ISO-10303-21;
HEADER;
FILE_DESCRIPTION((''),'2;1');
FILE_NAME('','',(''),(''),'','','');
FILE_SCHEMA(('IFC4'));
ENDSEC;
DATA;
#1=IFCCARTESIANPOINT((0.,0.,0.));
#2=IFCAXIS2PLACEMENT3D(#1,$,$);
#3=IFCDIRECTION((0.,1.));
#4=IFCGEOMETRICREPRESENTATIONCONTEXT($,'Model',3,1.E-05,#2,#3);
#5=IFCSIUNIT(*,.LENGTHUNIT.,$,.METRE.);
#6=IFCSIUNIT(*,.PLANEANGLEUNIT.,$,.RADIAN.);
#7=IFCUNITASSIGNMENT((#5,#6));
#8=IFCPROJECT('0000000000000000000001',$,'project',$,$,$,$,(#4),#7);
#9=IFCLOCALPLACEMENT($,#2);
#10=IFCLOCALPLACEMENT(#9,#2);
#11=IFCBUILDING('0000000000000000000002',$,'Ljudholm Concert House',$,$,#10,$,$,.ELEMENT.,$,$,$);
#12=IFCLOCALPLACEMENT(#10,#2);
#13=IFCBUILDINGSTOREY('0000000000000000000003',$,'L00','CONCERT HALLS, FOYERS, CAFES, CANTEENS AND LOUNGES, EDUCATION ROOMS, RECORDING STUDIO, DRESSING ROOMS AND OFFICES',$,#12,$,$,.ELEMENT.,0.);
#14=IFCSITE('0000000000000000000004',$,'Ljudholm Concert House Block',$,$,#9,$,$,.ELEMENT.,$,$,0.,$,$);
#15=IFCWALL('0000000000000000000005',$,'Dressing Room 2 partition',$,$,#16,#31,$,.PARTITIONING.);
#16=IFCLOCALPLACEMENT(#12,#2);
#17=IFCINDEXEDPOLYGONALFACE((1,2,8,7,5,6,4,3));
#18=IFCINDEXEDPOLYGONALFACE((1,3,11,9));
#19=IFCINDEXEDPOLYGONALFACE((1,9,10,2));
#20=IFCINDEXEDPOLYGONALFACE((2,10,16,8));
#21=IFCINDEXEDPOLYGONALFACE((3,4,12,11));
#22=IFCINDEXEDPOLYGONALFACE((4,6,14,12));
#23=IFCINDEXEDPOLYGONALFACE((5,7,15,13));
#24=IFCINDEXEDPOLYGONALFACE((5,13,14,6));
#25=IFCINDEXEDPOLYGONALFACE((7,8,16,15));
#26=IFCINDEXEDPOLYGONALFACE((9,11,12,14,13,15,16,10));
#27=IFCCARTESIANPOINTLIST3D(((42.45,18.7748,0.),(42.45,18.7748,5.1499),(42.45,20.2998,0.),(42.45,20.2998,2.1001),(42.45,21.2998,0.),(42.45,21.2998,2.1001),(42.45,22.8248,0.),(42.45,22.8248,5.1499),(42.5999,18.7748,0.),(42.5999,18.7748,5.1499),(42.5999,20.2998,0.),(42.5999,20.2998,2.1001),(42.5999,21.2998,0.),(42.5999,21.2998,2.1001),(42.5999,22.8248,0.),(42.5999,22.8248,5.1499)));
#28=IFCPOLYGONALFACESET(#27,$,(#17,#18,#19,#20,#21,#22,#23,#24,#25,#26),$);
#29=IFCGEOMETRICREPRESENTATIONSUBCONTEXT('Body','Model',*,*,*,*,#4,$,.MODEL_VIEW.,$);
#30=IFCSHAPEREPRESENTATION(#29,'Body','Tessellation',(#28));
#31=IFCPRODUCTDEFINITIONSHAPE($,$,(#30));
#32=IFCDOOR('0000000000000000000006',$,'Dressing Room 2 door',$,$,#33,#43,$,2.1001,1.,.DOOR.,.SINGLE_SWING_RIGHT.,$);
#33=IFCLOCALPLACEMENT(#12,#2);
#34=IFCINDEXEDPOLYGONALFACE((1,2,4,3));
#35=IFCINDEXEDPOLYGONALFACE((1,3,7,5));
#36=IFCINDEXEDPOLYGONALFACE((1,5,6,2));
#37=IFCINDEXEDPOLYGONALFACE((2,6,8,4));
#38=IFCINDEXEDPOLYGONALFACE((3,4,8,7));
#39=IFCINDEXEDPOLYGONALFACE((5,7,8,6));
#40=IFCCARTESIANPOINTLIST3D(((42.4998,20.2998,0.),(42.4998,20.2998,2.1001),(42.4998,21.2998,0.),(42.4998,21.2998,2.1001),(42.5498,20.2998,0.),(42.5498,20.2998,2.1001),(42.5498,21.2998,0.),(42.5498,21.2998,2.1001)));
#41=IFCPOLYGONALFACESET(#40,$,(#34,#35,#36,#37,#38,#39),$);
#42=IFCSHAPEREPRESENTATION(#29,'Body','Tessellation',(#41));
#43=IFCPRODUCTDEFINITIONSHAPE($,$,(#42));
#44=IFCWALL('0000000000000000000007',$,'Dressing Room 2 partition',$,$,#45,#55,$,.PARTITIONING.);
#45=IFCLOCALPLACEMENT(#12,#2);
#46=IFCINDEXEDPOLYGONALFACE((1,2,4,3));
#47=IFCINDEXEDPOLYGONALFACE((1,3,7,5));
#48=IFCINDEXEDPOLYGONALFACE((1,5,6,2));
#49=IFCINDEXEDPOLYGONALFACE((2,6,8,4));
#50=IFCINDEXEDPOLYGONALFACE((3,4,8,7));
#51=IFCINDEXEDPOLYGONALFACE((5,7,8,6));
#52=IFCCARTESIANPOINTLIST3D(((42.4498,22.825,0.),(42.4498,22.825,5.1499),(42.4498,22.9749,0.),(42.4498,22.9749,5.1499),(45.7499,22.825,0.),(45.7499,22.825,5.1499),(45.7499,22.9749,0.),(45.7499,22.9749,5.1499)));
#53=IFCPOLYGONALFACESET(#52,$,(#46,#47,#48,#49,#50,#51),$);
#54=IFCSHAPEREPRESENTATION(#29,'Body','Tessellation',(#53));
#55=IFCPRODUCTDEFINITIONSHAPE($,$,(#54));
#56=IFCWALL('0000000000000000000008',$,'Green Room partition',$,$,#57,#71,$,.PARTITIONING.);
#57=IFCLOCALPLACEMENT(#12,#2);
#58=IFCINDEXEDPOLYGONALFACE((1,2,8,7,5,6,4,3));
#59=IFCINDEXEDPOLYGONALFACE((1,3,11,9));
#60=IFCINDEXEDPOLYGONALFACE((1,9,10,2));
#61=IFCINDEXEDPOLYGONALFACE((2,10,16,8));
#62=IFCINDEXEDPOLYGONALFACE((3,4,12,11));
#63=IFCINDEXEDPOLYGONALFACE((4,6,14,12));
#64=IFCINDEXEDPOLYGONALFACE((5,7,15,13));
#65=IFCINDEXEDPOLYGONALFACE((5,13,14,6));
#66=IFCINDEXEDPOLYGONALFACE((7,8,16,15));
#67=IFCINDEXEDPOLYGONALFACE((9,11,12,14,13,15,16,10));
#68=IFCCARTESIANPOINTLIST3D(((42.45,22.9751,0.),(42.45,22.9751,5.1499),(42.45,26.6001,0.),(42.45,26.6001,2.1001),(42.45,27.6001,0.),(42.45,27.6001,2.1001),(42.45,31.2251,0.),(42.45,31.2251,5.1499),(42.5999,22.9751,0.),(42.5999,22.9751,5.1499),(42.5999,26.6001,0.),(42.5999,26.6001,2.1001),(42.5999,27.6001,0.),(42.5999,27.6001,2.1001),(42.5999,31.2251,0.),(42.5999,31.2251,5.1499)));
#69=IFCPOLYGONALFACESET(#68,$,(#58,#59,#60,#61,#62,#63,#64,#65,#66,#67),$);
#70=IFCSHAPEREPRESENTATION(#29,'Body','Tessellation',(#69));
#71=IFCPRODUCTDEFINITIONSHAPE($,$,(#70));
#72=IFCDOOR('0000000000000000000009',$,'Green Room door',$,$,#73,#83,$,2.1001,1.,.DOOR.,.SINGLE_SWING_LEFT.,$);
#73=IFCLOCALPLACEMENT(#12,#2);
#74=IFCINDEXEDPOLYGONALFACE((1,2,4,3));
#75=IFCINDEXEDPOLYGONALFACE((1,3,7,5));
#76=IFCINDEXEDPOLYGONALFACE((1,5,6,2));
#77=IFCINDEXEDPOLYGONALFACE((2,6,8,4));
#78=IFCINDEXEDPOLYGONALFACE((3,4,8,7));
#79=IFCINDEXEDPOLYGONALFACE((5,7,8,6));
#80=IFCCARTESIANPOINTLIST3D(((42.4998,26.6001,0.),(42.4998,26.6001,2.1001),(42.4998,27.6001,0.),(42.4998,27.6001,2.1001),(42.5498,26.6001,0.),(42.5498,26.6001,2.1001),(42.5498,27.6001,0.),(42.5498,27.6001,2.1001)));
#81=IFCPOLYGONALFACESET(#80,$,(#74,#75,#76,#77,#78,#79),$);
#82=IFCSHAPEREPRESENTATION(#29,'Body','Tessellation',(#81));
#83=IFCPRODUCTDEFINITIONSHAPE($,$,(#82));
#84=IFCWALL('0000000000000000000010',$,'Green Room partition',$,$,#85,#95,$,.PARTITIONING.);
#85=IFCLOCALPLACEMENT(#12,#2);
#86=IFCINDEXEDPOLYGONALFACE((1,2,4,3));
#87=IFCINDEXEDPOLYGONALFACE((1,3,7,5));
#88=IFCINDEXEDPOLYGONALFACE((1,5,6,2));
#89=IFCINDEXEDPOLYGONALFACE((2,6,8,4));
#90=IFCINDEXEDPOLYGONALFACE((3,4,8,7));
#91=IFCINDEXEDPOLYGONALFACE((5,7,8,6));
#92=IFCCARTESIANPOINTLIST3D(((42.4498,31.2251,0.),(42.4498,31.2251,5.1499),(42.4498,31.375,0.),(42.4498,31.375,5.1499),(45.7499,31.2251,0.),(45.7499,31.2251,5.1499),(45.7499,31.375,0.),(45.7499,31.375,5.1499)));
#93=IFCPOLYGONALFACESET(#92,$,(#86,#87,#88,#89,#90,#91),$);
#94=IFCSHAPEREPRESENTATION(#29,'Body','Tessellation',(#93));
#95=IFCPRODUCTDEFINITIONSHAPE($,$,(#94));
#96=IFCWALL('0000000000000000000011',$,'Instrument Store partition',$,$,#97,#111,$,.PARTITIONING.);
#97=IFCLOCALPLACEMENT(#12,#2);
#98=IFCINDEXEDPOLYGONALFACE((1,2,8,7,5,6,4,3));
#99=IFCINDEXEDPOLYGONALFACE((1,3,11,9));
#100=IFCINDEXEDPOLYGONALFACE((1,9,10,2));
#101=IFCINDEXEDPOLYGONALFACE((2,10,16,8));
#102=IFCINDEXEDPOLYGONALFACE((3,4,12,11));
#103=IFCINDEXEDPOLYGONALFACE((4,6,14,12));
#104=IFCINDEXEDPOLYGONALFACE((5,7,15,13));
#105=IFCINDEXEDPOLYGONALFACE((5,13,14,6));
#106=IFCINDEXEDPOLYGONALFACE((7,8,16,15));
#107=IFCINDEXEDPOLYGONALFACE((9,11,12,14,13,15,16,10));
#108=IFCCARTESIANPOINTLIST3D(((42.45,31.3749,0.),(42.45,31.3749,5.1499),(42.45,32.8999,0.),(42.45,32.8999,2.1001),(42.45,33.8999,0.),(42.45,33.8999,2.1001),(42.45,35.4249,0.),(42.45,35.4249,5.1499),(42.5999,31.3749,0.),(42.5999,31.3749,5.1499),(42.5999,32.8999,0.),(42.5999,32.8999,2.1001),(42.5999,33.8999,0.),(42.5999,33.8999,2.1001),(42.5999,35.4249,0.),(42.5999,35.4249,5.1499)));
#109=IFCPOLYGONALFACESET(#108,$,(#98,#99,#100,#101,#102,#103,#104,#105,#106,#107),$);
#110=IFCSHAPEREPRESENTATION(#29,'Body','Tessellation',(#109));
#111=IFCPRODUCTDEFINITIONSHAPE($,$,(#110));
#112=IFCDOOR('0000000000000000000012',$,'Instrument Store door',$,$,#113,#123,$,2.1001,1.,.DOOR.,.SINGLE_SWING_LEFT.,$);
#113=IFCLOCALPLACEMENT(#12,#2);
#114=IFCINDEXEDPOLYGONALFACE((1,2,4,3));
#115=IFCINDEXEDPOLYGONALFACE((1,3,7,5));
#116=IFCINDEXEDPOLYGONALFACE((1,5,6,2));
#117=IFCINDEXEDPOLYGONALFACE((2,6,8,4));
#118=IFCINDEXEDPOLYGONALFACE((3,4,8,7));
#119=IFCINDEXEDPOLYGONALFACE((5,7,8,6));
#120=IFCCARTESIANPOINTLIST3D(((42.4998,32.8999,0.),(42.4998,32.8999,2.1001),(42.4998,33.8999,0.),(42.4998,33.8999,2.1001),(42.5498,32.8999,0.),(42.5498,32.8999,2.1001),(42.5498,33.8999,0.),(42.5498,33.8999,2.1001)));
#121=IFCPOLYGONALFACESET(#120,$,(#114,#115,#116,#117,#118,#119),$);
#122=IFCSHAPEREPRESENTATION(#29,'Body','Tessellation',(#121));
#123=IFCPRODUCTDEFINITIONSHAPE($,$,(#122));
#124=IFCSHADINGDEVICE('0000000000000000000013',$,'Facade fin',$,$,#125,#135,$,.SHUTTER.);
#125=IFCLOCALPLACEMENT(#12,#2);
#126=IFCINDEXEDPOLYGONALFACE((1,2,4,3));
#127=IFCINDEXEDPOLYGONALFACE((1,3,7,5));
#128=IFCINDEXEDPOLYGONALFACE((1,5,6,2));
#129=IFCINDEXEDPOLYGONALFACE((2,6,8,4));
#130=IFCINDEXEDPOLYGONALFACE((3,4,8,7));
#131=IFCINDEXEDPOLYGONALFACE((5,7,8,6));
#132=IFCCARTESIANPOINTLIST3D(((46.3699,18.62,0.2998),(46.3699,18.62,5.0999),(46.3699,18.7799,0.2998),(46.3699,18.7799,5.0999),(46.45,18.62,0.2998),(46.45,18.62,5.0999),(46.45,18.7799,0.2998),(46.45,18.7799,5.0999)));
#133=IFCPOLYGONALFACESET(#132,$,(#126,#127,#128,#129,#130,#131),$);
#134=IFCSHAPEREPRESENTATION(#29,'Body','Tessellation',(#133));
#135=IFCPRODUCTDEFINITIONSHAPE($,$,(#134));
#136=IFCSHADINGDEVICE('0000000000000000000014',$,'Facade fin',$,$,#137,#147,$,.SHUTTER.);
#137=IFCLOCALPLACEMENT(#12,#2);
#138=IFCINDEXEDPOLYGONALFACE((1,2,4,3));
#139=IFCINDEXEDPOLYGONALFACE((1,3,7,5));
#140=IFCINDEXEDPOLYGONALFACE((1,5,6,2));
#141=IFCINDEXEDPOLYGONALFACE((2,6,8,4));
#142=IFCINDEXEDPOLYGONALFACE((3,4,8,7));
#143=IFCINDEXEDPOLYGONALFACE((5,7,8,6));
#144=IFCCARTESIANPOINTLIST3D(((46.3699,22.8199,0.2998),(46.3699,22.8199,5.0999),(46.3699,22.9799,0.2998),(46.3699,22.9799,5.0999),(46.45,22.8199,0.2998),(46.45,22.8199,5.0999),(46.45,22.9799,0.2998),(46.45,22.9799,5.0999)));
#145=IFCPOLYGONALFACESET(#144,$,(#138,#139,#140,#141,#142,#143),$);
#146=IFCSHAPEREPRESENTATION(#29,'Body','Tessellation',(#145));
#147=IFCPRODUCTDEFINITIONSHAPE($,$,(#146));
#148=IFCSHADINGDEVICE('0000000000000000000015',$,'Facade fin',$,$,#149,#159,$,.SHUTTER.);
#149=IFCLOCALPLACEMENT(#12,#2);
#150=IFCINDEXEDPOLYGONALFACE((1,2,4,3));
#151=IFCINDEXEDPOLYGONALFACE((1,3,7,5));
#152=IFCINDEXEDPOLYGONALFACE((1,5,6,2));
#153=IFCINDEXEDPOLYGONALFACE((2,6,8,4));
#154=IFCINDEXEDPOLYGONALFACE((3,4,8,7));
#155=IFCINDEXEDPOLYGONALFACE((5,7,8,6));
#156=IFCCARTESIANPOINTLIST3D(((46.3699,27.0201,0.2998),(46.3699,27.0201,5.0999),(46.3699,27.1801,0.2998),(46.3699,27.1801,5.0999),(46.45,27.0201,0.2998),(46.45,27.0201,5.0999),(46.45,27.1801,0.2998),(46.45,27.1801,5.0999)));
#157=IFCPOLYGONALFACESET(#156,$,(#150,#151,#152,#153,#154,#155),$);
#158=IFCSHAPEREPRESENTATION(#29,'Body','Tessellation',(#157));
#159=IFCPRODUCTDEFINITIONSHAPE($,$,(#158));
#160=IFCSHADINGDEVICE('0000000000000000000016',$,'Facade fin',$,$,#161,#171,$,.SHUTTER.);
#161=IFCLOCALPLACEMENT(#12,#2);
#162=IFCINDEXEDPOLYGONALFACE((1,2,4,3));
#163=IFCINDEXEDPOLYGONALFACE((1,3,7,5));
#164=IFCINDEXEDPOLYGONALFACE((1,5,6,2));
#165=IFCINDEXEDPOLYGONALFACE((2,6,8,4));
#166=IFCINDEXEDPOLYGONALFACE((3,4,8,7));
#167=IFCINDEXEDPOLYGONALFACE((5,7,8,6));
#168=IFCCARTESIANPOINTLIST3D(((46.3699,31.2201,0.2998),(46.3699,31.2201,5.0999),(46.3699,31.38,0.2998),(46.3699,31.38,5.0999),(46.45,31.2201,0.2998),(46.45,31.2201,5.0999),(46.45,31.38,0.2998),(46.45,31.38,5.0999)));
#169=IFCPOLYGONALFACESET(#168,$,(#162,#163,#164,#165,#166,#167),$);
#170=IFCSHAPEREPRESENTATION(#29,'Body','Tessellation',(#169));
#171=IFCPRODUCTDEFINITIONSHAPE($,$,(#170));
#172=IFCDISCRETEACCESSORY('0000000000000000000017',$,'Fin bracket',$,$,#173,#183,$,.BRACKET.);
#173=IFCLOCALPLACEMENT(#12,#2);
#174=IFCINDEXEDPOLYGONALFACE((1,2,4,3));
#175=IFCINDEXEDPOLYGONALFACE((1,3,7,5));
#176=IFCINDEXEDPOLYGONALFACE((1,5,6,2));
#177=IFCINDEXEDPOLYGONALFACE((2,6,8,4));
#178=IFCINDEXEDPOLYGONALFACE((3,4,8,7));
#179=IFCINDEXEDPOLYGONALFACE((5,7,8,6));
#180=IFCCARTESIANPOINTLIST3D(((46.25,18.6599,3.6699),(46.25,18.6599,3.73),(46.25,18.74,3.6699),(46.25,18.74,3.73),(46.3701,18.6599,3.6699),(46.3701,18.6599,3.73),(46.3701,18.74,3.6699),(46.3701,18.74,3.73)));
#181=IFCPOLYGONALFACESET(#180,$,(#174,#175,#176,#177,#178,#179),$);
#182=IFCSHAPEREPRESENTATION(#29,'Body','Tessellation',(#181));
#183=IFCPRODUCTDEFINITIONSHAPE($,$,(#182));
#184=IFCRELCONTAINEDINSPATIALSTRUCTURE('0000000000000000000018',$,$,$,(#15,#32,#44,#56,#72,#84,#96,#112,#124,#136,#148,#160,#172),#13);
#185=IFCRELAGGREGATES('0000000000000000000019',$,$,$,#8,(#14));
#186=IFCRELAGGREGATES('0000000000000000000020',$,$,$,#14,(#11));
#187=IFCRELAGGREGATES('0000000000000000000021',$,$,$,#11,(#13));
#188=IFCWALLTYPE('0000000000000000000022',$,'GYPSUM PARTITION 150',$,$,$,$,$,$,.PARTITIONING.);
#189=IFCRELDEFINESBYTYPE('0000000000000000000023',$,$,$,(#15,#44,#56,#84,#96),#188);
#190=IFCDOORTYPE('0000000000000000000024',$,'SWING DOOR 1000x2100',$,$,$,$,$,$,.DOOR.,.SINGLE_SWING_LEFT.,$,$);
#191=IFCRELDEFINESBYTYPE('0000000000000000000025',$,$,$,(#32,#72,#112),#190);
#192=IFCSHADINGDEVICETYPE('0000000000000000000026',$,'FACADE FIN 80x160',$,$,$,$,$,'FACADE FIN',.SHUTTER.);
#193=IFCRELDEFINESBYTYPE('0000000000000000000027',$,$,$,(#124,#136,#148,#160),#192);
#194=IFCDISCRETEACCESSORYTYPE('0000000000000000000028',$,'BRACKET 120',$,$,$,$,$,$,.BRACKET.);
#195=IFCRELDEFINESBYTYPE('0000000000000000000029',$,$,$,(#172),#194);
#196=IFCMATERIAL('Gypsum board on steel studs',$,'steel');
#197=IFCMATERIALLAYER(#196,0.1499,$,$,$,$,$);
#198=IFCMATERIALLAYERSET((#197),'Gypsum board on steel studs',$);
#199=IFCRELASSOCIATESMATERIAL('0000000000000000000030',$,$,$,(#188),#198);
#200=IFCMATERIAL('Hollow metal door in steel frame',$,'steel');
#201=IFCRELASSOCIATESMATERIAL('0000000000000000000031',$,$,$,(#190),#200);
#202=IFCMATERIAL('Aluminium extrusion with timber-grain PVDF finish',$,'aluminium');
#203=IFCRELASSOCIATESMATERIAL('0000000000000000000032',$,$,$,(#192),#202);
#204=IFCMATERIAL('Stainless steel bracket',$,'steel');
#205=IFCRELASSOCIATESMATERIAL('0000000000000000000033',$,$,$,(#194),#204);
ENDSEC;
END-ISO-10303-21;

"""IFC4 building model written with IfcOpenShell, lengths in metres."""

from ifc_helpers import new_model, si_unit, direction, frame, frame_2d, origin, origin_2d, place, context, subcontext, project, spatial, rectangle, extrude, material, layer, layer_set, type_object, element, fill, save


model = new_model("IFC4")

# Units and contexts
model_context = context("Model", 3, precision=1e-05, world=origin(), true_north=direction((0.0, 1.0)))
body_context = subcontext(model_context, "Body", "Model", "MODEL_VIEW")
ifc_project = project(units=[si_unit("LENGTHUNIT", "METRE"), si_unit("PLANEANGLEUNIT", "RADIAN")], contexts=[model_context])

# Site, building, storey
site_placement = place(None, origin())
site = spatial("IfcSite", under=ifc_project, at=site_placement, Name="Ljudholm Concert House Block", CompositionType="ELEMENT", RefElevation=0.0)
building_placement = place(site_placement, origin())
building = spatial("IfcBuilding", under=site, at=building_placement, Name="Ljudholm Concert House", CompositionType="ELEMENT")
storey_placement = place(building_placement, origin())
storey = spatial("IfcBuildingStorey", under=building, at=storey_placement, Name="L00", Description="CONCERT HALLS, FOYERS, CAFES, CANTEENS AND LOUNGES, EDUCATION ROOMS, RECORDING STUDIO, DRESSING ROOMS AND OFFICES", CompositionType="ELEMENT", Elevation=0.0)

# Shared definitions
ifc_material_1 = material(Name="Gypsum board on steel studs", Category="steel")
ifc_layer = layer(ifc_material_1, 0.1499)
ifc_layer_set = layer_set([ifc_layer], Name="Gypsum board on steel studs")
wall_type = type_object("IfcWallType", Name="GYPSUM PARTITION 150", PredefinedType="PARTITIONING", material=ifc_layer_set)

# Wall, opening, door
wall_1_placement = place(storey_placement, frame((42.5249, 18.7749, 0.0), z_axis=(0.0, 0.0, 1.0), x_axis=(0.0, 1.0, 0.0)))
wall_1 = element("IfcWall", 1, at=wall_1_placement, inside=storey, type_object=wall_type, Name="Dressing Room 2 partition", PredefinedType="PARTITIONING", context=body_context, shape_type="SweptSolid", body=[
    extrude(rectangle(XDim=4.05, YDim=0.1499, at=frame_2d((2.0249, 0.0))), origin(), (0.0, 0.0, 1.0), 5.1499),
])
opening_1_placement = place(wall_1_placement, frame((1.5249, 0.0, 0.0)))
opening_1 = element("IfcOpeningElement", 2, at=opening_1_placement, cuts=wall_1, PredefinedType="OPENING", context=body_context, shape_type="SweptSolid", body=[
    extrude(rectangle(XDim=1.0, YDim=2.1001, at=frame_2d((0.5, 1.05))), frame((0.0, 0.085, 0.0), z_axis=(0.0, -1.0, 0.0), x_axis=(1.0, 0.0, 0.0)), (0.0, 0.0, 1.0), 0.1699),
])
ifc_material_2 = material(Name="Hollow metal door in steel frame", Category="steel")
door_type = type_object("IfcDoorType", Name="SWING DOOR 1000x2100", OperationType="SINGLE_SWING_LEFT", PredefinedType="DOOR", material=ifc_material_2)
door_1_placement = place(opening_1_placement, frame((1.0, 0.0, 0.0), z_axis=(0.0, 0.0, 1.0), x_axis=(-1.0, 0.0, 0.0)))
door_1 = element("IfcDoor", 3, at=door_1_placement, inside=storey, type_object=door_type, Name="Dressing Room 2 door", OperationType="SINGLE_SWING_RIGHT", OverallHeight=2.1001, OverallWidth=1.0, PredefinedType="DOOR", context=body_context, shape_type="SweptSolid", body=[
    extrude(rectangle(XDim=1.0, YDim=2.1001, at=frame_2d((0.5, 1.05))), frame((0.0, 0.0249, 0.0), z_axis=(0.0, -1.0, 0.0), x_axis=(1.0, 0.0, 0.0)), (0.0, 0.0, 1.0), 0.05),
])
fill(opening_1, door_1)

# Wall
wall_2_placement = place(storey_placement, frame((42.45, 22.8999, 0.0), z_axis=(0.0, 0.0, 1.0), x_axis=(1.0, 0.0, 0.0)))
element("IfcWall", 4, at=wall_2_placement, inside=storey, type_object=wall_type, Name="Dressing Room 2 partition", PredefinedType="PARTITIONING", context=body_context, shape_type="SweptSolid", body=[
    extrude(rectangle(XDim=3.3, YDim=0.1499, at=frame_2d((1.6499, 0.0))), origin(), (0.0, 0.0, 1.0), 5.1499),
])

# Wall, opening, door
wall_3_placement = place(storey_placement, frame((42.5249, 22.9751, 0.0), z_axis=(0.0, 0.0, 1.0), x_axis=(0.0, 1.0, 0.0)))
wall_3 = element("IfcWall", 5, at=wall_3_placement, inside=storey, type_object=wall_type, Name="Green Room partition", PredefinedType="PARTITIONING", context=body_context, shape_type="SweptSolid", body=[
    extrude(rectangle(XDim=8.25, YDim=0.1499, at=frame_2d((4.125, 0.0))), origin(), (0.0, 0.0, 1.0), 5.1499),
])
opening_2_placement = place(wall_3_placement, frame((3.625, 0.0, 0.0)))
opening_2 = element("IfcOpeningElement", 6, at=opening_2_placement, cuts=wall_3, PredefinedType="OPENING", context=body_context, shape_type="SweptSolid", body=[
    extrude(rectangle(XDim=1.0, YDim=2.1001, at=frame_2d((0.5, 1.05))), frame((0.0, 0.085, 0.0), z_axis=(0.0, -1.0, 0.0), x_axis=(1.0, 0.0, 0.0)), (0.0, 0.0, 1.0), 0.1699),
])
door_2_placement = place(opening_2_placement, frame((1.0, 0.0, 0.0), z_axis=(0.0, 0.0, 1.0), x_axis=(-1.0, 0.0, 0.0)))
door_2 = element("IfcDoor", 7, at=door_2_placement, inside=storey, type_object=door_type, Name="Green Room door", OperationType="SINGLE_SWING_LEFT", OverallHeight=2.1001, OverallWidth=1.0, PredefinedType="DOOR", context=body_context, shape_type="SweptSolid", body=[
    extrude(rectangle(XDim=1.0, YDim=2.1001, at=frame_2d((0.5, 1.05))), frame((0.0, 0.0249, 0.0), z_axis=(0.0, -1.0, 0.0), x_axis=(1.0, 0.0, 0.0)), (0.0, 0.0, 1.0), 0.05),
])
fill(opening_2, door_2)

# Wall
wall_4_placement = place(storey_placement, frame((42.45, 31.3, 0.0), z_axis=(0.0, 0.0, 1.0), x_axis=(1.0, 0.0, 0.0)))
element("IfcWall", 8, at=wall_4_placement, inside=storey, type_object=wall_type, Name="Green Room partition", PredefinedType="PARTITIONING", context=body_context, shape_type="SweptSolid", body=[
    extrude(rectangle(XDim=3.3, YDim=0.1499, at=frame_2d((1.6499, 0.0))), origin(), (0.0, 0.0, 1.0), 5.1499),
])

# Wall, opening, door
wall_5_placement = place(storey_placement, frame((42.5249, 31.375, 0.0), z_axis=(0.0, 0.0, 1.0), x_axis=(0.0, 1.0, 0.0)))
wall_5 = element("IfcWall", 9, at=wall_5_placement, inside=storey, type_object=wall_type, Name="Instrument Store partition", PredefinedType="PARTITIONING", context=body_context, shape_type="SweptSolid", body=[
    extrude(rectangle(XDim=4.05, YDim=0.1499, at=frame_2d((2.0249, 0.0))), origin(), (0.0, 0.0, 1.0), 5.1499),
])
opening_3_placement = place(wall_5_placement, frame((1.5249, 0.0, 0.0)))
opening_3 = element("IfcOpeningElement", 10, at=opening_3_placement, cuts=wall_5, PredefinedType="OPENING", context=body_context, shape_type="SweptSolid", body=[
    extrude(rectangle(XDim=1.0, YDim=2.1001, at=frame_2d((0.5, 1.05))), frame((0.0, 0.085, 0.0), z_axis=(0.0, -1.0, 0.0), x_axis=(1.0, 0.0, 0.0)), (0.0, 0.0, 1.0), 0.1699),
])
door_3_placement = place(opening_3_placement, frame((1.0, 0.0, 0.0), z_axis=(0.0, 0.0, 1.0), x_axis=(-1.0, 0.0, 0.0)))
door_3 = element("IfcDoor", 11, at=door_3_placement, inside=storey, type_object=door_type, Name="Instrument Store door", OperationType="SINGLE_SWING_LEFT", OverallHeight=2.1001, OverallWidth=1.0, PredefinedType="DOOR", context=body_context, shape_type="SweptSolid", body=[
    extrude(rectangle(XDim=1.0, YDim=2.1001, at=frame_2d((0.5, 1.05))), frame((0.0, 0.0249, 0.0), z_axis=(0.0, -1.0, 0.0), x_axis=(1.0, 0.0, 0.0)), (0.0, 0.0, 1.0), 0.05),
])
fill(opening_3, door_3)

# Shading devices
ifc_material_3 = material(Name="Aluminium extrusion with timber-grain PVDF finish", Category="aluminium")
shading_device_type = type_object("IfcShadingDeviceType", Name="FACADE FIN 80x160", ElementType="FACADE FIN", PredefinedType="SHUTTER", material=ifc_material_3)
for number, where, z_axis, x_axis, name in (
    (12, (46.4099, 18.7, 0.2998), (0.0, 0.0, 1.0), (1.0, 0.0, 0.0), "Facade fin"),
    (13, (46.4099, 22.8999, 0.2998), (0.0, 0.0, 1.0), (1.0, 0.0, 0.0), "Facade fin"),
    (14, (46.4099, 27.1001, 0.2998), (0.0, 0.0, 1.0), (1.0, 0.0, 0.0), "Facade fin"),
    (15, (46.4099, 31.3, 0.2998), (0.0, 0.0, 1.0), (1.0, 0.0, 0.0), "Facade fin"),
):
    element("IfcShadingDevice", number, at=place(storey_placement, frame(where, z_axis=z_axis, x_axis=x_axis)), inside=storey, type_object=shading_device_type, Name=name, PredefinedType="SHUTTER", context=body_context, shape_type="SweptSolid", body=[
        extrude(rectangle(XDim=0.0801, YDim=0.1599, at=origin_2d()), origin(), (0.0, 0.0, 1.0), 4.8),
    ])

# Discrete accessory
ifc_material_4 = material(Name="Stainless steel bracket", Category="steel")
discrete_accessory_type = type_object("IfcDiscreteAccessoryType", Name="BRACKET 120", PredefinedType="BRACKET", material=ifc_material_4)
for number, where, z_axis, x_axis, name in (
    (16, (46.3101, 18.7, 3.6699), (0.0, 0.0, 1.0), (1.0, 0.0, 0.0), "Fin bracket"),
):
    element("IfcDiscreteAccessory", number, at=place(storey_placement, frame(where, z_axis=z_axis, x_axis=x_axis)), inside=storey, type_object=discrete_accessory_type, Name=name, PredefinedType="BRACKET", context=body_context, shape_type="SweptSolid", body=[
        extrude(rectangle(XDim=0.1201, YDim=0.0801, at=origin_2d()), origin(), (0.0, 0.0, 1.0), 0.0601),
    ])

save(model, "model.ifc")
